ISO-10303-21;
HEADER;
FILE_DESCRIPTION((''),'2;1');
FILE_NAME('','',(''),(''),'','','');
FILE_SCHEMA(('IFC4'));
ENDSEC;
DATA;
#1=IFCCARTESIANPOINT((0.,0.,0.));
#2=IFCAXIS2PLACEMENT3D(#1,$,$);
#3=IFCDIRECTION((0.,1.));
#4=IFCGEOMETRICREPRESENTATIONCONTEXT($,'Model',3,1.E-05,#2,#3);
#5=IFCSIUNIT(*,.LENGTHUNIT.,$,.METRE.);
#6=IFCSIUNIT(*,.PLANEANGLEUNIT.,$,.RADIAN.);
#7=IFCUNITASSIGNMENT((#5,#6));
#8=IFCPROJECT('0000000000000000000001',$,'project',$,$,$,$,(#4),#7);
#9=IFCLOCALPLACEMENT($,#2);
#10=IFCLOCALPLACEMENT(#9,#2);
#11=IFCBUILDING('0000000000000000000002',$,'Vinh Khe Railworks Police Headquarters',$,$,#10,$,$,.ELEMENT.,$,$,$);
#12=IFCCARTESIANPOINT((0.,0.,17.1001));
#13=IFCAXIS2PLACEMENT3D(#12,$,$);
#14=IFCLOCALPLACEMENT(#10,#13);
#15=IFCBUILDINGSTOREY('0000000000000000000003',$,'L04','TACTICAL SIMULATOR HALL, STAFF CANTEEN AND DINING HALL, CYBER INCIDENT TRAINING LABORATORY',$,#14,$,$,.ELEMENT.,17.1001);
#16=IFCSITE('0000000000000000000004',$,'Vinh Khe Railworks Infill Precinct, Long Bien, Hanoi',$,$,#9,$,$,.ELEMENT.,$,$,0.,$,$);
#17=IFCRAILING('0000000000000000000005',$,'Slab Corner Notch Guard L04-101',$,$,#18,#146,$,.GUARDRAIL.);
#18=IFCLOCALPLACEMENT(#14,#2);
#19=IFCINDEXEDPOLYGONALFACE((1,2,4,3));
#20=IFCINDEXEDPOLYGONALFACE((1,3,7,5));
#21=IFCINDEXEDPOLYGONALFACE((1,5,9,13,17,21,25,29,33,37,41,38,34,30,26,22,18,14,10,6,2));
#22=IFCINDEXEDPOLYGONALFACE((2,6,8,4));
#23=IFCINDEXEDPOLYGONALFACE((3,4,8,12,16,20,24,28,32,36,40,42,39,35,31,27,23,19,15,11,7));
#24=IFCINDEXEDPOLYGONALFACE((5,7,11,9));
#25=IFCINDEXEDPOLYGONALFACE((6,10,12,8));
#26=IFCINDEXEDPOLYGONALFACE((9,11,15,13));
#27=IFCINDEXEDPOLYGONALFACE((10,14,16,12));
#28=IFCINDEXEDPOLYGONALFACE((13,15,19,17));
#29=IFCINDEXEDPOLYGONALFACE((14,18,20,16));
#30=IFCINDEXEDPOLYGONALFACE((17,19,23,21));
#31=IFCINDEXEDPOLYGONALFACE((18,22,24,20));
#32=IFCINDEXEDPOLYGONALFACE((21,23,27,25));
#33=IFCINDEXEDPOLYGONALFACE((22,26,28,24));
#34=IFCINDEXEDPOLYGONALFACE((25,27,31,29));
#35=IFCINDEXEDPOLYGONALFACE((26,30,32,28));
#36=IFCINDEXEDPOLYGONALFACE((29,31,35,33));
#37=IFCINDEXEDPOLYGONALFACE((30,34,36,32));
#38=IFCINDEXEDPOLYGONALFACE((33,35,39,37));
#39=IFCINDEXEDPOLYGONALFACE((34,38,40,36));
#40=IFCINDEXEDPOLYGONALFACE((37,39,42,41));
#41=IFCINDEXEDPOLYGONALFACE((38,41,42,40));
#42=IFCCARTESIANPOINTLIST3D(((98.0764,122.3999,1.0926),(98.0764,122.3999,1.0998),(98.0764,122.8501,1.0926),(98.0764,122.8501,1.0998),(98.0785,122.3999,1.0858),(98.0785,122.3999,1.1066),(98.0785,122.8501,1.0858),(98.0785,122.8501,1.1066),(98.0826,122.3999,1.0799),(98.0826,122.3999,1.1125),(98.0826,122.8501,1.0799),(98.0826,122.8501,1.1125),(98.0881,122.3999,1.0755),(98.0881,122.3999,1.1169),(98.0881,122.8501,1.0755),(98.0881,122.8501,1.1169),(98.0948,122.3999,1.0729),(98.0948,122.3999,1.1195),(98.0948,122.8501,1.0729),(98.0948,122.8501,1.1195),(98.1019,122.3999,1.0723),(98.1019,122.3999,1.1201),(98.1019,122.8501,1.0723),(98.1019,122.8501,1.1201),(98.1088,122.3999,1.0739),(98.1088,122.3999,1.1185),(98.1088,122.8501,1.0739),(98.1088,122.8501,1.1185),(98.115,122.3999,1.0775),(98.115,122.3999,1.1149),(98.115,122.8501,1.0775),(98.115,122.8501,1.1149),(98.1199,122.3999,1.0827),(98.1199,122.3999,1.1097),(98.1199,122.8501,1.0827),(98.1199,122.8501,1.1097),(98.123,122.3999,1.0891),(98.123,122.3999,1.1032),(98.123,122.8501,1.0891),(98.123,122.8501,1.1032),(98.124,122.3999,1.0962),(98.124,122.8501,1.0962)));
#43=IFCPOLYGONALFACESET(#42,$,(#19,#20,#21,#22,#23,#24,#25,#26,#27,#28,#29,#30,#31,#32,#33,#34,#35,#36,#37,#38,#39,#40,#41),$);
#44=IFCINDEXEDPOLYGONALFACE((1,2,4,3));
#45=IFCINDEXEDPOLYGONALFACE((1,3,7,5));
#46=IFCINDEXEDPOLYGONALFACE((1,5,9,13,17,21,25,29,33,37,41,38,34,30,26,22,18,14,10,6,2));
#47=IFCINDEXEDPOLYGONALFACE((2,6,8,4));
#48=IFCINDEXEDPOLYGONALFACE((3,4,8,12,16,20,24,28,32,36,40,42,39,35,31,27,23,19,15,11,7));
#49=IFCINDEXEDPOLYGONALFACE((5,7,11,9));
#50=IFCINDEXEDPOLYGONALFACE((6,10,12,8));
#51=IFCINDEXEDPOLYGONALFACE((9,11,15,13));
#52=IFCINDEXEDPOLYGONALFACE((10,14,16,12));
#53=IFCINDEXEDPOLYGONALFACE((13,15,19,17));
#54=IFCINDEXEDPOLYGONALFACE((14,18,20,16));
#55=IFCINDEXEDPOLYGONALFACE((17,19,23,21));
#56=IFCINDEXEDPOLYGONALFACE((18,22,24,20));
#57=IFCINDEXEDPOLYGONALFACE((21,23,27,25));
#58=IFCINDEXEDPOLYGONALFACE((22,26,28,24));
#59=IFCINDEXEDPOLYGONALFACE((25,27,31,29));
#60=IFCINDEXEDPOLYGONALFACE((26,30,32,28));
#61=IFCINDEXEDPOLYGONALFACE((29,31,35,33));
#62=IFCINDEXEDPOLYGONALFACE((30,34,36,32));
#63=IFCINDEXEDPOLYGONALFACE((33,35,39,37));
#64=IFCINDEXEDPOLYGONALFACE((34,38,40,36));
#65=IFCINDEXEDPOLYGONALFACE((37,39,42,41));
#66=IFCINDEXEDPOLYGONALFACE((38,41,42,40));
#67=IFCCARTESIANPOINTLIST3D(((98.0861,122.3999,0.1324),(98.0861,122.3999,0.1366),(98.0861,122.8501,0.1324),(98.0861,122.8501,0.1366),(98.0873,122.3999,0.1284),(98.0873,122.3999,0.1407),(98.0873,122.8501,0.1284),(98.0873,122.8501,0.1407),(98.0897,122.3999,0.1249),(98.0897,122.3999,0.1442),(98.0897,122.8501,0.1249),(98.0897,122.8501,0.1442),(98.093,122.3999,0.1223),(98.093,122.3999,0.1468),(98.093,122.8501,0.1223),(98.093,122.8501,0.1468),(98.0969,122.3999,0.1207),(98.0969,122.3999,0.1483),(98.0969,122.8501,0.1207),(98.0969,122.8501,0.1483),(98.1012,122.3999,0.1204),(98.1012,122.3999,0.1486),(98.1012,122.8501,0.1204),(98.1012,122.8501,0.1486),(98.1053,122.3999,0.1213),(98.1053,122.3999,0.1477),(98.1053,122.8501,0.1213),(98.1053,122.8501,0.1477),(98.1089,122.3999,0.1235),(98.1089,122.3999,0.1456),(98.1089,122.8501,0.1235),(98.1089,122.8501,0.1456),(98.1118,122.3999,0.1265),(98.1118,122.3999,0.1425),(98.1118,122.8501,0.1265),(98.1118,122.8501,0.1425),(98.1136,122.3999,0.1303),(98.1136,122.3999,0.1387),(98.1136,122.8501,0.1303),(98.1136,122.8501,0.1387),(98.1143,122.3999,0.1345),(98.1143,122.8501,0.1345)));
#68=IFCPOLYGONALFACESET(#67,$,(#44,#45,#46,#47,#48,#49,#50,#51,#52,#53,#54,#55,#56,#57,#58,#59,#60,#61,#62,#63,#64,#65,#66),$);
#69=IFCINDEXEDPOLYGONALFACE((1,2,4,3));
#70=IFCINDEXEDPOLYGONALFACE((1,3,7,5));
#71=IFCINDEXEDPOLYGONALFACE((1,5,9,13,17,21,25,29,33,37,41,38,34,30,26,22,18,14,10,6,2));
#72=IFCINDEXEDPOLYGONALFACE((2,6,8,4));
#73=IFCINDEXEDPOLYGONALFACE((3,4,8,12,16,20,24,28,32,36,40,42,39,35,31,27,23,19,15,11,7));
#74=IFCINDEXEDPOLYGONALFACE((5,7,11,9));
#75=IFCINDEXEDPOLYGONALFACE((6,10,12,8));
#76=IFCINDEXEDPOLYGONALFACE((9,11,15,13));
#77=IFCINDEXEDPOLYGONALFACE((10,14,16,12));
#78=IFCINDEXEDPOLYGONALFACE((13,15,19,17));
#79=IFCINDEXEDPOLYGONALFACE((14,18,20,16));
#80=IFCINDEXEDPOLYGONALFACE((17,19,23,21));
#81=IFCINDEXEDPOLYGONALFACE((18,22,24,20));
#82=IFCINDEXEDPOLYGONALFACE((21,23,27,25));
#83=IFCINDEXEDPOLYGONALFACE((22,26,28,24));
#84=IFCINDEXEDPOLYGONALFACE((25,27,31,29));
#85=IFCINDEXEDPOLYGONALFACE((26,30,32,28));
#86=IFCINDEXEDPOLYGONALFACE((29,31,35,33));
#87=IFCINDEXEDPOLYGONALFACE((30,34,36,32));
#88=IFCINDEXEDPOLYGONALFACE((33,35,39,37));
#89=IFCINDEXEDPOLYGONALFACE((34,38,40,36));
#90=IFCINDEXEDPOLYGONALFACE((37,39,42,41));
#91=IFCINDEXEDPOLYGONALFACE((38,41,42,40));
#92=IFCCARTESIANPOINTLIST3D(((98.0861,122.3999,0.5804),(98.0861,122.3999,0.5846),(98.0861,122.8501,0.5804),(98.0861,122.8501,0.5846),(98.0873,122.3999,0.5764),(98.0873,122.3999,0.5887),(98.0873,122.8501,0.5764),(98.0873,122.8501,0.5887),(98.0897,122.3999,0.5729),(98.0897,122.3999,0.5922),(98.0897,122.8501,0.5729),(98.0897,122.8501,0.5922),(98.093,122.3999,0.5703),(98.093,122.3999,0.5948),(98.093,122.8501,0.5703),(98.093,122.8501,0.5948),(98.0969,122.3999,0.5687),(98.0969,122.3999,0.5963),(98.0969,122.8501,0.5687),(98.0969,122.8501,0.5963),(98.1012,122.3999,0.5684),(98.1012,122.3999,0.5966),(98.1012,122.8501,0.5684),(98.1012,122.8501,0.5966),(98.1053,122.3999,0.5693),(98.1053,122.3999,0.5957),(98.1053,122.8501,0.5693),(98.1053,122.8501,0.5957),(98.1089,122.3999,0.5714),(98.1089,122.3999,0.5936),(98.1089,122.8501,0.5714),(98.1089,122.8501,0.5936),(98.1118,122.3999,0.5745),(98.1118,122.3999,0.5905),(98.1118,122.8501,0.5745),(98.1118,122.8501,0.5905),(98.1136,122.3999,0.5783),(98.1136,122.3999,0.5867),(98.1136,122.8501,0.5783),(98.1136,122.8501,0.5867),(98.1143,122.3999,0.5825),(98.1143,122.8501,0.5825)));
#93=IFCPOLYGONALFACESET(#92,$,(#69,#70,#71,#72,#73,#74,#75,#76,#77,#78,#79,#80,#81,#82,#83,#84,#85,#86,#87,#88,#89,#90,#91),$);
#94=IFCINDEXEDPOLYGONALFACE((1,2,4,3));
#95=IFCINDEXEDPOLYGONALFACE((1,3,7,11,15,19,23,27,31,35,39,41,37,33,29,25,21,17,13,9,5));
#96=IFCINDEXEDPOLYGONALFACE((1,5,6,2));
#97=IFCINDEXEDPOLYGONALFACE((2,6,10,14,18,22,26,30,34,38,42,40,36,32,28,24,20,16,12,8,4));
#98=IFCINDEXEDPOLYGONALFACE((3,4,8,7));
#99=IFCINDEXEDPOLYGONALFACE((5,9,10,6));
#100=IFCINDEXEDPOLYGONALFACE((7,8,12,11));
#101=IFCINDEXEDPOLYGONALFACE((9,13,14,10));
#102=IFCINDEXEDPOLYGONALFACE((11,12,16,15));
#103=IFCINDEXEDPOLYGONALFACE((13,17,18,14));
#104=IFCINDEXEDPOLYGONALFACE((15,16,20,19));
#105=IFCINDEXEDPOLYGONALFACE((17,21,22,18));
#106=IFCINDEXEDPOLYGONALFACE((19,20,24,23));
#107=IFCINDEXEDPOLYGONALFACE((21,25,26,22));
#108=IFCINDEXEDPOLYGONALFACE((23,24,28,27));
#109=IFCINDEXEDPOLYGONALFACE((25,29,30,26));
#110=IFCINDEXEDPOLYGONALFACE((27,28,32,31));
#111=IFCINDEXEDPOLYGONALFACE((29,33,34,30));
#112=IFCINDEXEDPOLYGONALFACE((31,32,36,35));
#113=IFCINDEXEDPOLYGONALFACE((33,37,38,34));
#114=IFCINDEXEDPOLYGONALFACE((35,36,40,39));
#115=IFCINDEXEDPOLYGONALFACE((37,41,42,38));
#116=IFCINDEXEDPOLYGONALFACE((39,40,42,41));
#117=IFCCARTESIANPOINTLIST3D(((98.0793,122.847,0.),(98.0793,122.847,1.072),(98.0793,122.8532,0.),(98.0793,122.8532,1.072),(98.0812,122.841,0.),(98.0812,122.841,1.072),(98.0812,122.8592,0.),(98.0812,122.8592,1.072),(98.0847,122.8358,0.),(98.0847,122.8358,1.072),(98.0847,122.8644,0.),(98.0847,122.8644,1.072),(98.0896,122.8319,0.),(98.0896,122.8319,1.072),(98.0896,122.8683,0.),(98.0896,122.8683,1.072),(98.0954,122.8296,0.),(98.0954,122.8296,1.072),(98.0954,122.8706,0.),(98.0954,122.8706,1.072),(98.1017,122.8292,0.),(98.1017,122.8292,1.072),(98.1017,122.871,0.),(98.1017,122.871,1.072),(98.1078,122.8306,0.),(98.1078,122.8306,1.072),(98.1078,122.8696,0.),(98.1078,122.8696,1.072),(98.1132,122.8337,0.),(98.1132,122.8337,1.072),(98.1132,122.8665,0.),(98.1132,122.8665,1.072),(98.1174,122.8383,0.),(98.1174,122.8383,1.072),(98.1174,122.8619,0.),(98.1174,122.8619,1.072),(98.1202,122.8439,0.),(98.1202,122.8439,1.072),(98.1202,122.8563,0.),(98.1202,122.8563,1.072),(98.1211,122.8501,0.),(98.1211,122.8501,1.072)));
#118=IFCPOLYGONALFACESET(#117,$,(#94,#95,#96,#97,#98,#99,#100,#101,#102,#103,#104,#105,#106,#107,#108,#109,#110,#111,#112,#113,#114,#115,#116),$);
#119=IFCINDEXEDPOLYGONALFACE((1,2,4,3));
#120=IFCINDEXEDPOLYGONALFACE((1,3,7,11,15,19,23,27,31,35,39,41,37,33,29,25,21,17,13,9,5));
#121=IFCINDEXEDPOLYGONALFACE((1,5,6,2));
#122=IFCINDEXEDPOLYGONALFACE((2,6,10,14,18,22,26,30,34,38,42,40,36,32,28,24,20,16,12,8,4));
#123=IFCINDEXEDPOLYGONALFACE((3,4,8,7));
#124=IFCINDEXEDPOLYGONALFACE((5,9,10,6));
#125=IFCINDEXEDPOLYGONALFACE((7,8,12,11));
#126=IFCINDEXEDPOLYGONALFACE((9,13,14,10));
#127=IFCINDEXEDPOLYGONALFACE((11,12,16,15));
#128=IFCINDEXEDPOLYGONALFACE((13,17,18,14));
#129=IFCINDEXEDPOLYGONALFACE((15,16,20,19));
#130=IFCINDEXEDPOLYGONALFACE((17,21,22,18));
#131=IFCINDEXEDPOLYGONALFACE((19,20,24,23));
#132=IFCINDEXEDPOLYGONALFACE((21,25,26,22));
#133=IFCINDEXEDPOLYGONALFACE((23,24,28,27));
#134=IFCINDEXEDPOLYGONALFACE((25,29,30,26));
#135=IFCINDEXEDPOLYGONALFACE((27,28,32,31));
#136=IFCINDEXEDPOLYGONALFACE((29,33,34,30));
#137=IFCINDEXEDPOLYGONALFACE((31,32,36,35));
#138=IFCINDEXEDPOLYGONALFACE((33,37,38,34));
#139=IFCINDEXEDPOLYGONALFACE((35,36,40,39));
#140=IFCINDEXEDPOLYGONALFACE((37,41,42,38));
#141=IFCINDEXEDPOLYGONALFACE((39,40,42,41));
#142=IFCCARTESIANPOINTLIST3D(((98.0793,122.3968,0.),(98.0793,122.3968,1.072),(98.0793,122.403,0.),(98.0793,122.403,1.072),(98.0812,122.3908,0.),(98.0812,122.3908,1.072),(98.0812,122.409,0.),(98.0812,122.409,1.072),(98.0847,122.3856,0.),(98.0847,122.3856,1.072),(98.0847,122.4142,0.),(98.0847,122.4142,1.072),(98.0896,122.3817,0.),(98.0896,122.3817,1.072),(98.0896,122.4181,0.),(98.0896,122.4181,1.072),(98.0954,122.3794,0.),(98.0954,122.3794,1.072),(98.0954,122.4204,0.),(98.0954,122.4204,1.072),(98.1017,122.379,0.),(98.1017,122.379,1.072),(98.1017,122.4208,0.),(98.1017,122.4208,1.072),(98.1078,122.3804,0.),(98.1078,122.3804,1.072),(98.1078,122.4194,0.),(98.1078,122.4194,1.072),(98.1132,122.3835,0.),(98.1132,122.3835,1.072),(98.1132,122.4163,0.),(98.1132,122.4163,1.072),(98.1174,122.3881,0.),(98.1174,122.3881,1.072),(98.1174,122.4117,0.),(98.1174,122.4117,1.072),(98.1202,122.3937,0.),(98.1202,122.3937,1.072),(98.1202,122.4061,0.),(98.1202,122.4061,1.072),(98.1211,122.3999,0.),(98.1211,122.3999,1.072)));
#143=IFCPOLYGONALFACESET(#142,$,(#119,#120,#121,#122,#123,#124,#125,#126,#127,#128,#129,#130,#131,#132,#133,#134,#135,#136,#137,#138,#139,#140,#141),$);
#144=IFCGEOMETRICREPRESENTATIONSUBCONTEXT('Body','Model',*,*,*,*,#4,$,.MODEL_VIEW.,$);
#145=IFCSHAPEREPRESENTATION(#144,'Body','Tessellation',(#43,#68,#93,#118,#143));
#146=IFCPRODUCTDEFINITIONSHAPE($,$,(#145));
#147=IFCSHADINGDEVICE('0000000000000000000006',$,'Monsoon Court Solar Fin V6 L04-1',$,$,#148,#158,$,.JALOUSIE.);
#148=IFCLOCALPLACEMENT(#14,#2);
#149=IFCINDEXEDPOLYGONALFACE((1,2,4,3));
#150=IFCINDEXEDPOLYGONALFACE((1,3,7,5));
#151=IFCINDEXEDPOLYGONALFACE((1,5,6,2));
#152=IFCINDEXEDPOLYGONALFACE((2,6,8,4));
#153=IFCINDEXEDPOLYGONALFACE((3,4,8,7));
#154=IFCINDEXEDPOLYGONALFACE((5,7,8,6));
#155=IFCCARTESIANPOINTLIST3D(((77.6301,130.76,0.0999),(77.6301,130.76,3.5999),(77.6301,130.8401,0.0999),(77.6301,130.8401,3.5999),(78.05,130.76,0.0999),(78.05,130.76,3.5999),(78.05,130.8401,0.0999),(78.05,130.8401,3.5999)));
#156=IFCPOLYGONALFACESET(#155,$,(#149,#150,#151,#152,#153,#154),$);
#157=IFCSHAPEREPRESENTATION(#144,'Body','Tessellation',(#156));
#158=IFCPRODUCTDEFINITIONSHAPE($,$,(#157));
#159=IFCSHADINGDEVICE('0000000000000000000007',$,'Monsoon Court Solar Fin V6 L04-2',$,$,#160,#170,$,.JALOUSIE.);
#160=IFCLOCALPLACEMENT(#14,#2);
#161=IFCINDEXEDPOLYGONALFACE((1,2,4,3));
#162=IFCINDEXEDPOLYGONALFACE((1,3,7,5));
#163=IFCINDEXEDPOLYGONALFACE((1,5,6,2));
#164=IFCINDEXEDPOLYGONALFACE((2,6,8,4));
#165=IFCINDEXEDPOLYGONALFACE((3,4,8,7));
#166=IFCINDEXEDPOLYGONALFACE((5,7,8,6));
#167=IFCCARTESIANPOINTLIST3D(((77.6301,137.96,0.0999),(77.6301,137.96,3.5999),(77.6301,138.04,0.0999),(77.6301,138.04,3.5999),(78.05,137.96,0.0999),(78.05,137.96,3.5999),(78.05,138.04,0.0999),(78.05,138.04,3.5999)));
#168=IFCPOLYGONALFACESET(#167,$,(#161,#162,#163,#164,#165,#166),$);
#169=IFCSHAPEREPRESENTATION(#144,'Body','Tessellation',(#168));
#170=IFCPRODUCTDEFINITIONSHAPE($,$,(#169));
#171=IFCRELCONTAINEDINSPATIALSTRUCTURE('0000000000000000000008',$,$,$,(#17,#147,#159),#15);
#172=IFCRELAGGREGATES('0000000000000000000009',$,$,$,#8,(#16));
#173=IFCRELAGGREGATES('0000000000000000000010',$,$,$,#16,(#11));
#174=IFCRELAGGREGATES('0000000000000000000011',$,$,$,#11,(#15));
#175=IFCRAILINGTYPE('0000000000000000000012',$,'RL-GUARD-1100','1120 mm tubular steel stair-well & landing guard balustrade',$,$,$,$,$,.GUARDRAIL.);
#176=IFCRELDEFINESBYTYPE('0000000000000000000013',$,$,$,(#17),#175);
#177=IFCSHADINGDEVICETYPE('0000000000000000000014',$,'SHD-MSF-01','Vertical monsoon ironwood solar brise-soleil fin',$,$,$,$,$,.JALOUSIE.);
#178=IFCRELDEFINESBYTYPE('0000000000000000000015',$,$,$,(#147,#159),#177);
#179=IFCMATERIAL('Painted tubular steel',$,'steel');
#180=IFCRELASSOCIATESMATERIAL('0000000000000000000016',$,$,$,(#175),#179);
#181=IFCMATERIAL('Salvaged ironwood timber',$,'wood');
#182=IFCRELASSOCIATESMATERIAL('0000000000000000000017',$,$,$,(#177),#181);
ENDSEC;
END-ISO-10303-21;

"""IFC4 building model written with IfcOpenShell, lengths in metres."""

from ifc_helpers import new_model, si_unit, direction, frame, origin, origin_2d, place, context, subcontext, project, spatial, rectangle, circle, extrude, material, type_object, element, save


model = new_model("IFC4")

# Units and contexts
model_context = context("Model", 3, precision=1e-05, world=origin(), true_north=direction((0.0, 1.0)))
body_context = subcontext(model_context, "Body", "Model", "MODEL_VIEW")
ifc_project = project(units=[si_unit("LENGTHUNIT", "METRE"), si_unit("PLANEANGLEUNIT", "RADIAN")], contexts=[model_context])

# Site, building, storey
site_placement = place(None, origin())
site = spatial("IfcSite", under=ifc_project, at=site_placement, Name="Vinh Khe Railworks Infill Precinct, Long Bien, Hanoi", CompositionType="ELEMENT", RefElevation=0.0)
building_placement = place(site_placement, origin())
building = spatial("IfcBuilding", under=site, at=building_placement, Name="Vinh Khe Railworks Police Headquarters", CompositionType="ELEMENT")
storey_placement = place(building_placement, frame((0.0, 0.0, 17.1001)))
storey = spatial("IfcBuildingStorey", under=building, at=storey_placement, Name="L04", Description="TACTICAL SIMULATOR HALL, STAFF CANTEEN AND DINING HALL, CYBER INCIDENT TRAINING LABORATORY", CompositionType="ELEMENT", Elevation=17.1001)

# Railing
ifc_material_1 = material(Name="Painted tubular steel", Category="steel")
railing_type = type_object("IfcRailingType", Name="RL-GUARD-1100", Description="1120 mm tubular steel stair-well & landing guard balustrade", PredefinedType="GUARDRAIL", material=ifc_material_1)
railing_1_placement = place(storey_placement, frame((98.1001, 122.8501, 0.0)))
element("IfcRailing", 1, at=railing_1_placement, inside=storey, type_object=railing_type, Name="Slab Corner Notch Guard L04-101", PredefinedType="GUARDRAIL", context=body_context, shape_type="SweptSolid", body=[
    extrude(circle(Radius=0.0239, at=origin_2d()), frame((0.0, 0.0, 1.0962), z_axis=(0.0, -1.0, 0.0), x_axis=(1.0, 0.0, 0.0)), (0.0, 0.0, 1.0), 0.4502),
    extrude(circle(Radius=0.0142, at=origin_2d()), frame((0.0, 0.0, 0.1345), z_axis=(0.0, -1.0, 0.0), x_axis=(1.0, 0.0, 0.0)), (0.0, 0.0, 1.0), 0.4502),
    extrude(circle(Radius=0.0142, at=origin_2d()), frame((0.0, 0.0, 0.5825), z_axis=(0.0, -1.0, 0.0), x_axis=(1.0, 0.0, 0.0)), (0.0, 0.0, 1.0), 0.4502),
    extrude(circle(Radius=0.021, at=origin_2d()), origin(), (0.0, 0.0, 1.0), 1.072),
    extrude(circle(Radius=0.021, at=origin_2d()), frame((0.0, -0.4502, 0.0)), (0.0, 0.0, 1.0), 1.072),
])

# Shading devices
ifc_material_2 = material(Name="Salvaged ironwood timber", Category="wood")
shading_device_type = type_object("IfcShadingDeviceType", Name="SHD-MSF-01", Description="Vertical monsoon ironwood solar brise-soleil fin", PredefinedType="JALOUSIE", material=ifc_material_2)
for number, where, z_axis, x_axis, name in (
    (2, (77.8401, 130.8, 0.0999), (0.0, 0.0, 1.0), (1.0, 0.0, 0.0), "Monsoon Court Solar Fin V6 L04-1"),
    (3, (77.8401, 138.0, 0.0999), (0.0, 0.0, 1.0), (1.0, 0.0, 0.0), "Monsoon Court Solar Fin V6 L04-2"),
):
    element("IfcShadingDevice", number, at=place(storey_placement, frame(where, z_axis=z_axis, x_axis=x_axis)), inside=storey, type_object=shading_device_type, Name=name, PredefinedType="JALOUSIE", context=body_context, shape_type="SweptSolid", body=[
        extrude(rectangle(XDim=0.4199, YDim=0.0801, at=origin_2d()), origin(), (0.0, 0.0, 1.0), 3.5),
    ])

save(model, "model.ifc")
